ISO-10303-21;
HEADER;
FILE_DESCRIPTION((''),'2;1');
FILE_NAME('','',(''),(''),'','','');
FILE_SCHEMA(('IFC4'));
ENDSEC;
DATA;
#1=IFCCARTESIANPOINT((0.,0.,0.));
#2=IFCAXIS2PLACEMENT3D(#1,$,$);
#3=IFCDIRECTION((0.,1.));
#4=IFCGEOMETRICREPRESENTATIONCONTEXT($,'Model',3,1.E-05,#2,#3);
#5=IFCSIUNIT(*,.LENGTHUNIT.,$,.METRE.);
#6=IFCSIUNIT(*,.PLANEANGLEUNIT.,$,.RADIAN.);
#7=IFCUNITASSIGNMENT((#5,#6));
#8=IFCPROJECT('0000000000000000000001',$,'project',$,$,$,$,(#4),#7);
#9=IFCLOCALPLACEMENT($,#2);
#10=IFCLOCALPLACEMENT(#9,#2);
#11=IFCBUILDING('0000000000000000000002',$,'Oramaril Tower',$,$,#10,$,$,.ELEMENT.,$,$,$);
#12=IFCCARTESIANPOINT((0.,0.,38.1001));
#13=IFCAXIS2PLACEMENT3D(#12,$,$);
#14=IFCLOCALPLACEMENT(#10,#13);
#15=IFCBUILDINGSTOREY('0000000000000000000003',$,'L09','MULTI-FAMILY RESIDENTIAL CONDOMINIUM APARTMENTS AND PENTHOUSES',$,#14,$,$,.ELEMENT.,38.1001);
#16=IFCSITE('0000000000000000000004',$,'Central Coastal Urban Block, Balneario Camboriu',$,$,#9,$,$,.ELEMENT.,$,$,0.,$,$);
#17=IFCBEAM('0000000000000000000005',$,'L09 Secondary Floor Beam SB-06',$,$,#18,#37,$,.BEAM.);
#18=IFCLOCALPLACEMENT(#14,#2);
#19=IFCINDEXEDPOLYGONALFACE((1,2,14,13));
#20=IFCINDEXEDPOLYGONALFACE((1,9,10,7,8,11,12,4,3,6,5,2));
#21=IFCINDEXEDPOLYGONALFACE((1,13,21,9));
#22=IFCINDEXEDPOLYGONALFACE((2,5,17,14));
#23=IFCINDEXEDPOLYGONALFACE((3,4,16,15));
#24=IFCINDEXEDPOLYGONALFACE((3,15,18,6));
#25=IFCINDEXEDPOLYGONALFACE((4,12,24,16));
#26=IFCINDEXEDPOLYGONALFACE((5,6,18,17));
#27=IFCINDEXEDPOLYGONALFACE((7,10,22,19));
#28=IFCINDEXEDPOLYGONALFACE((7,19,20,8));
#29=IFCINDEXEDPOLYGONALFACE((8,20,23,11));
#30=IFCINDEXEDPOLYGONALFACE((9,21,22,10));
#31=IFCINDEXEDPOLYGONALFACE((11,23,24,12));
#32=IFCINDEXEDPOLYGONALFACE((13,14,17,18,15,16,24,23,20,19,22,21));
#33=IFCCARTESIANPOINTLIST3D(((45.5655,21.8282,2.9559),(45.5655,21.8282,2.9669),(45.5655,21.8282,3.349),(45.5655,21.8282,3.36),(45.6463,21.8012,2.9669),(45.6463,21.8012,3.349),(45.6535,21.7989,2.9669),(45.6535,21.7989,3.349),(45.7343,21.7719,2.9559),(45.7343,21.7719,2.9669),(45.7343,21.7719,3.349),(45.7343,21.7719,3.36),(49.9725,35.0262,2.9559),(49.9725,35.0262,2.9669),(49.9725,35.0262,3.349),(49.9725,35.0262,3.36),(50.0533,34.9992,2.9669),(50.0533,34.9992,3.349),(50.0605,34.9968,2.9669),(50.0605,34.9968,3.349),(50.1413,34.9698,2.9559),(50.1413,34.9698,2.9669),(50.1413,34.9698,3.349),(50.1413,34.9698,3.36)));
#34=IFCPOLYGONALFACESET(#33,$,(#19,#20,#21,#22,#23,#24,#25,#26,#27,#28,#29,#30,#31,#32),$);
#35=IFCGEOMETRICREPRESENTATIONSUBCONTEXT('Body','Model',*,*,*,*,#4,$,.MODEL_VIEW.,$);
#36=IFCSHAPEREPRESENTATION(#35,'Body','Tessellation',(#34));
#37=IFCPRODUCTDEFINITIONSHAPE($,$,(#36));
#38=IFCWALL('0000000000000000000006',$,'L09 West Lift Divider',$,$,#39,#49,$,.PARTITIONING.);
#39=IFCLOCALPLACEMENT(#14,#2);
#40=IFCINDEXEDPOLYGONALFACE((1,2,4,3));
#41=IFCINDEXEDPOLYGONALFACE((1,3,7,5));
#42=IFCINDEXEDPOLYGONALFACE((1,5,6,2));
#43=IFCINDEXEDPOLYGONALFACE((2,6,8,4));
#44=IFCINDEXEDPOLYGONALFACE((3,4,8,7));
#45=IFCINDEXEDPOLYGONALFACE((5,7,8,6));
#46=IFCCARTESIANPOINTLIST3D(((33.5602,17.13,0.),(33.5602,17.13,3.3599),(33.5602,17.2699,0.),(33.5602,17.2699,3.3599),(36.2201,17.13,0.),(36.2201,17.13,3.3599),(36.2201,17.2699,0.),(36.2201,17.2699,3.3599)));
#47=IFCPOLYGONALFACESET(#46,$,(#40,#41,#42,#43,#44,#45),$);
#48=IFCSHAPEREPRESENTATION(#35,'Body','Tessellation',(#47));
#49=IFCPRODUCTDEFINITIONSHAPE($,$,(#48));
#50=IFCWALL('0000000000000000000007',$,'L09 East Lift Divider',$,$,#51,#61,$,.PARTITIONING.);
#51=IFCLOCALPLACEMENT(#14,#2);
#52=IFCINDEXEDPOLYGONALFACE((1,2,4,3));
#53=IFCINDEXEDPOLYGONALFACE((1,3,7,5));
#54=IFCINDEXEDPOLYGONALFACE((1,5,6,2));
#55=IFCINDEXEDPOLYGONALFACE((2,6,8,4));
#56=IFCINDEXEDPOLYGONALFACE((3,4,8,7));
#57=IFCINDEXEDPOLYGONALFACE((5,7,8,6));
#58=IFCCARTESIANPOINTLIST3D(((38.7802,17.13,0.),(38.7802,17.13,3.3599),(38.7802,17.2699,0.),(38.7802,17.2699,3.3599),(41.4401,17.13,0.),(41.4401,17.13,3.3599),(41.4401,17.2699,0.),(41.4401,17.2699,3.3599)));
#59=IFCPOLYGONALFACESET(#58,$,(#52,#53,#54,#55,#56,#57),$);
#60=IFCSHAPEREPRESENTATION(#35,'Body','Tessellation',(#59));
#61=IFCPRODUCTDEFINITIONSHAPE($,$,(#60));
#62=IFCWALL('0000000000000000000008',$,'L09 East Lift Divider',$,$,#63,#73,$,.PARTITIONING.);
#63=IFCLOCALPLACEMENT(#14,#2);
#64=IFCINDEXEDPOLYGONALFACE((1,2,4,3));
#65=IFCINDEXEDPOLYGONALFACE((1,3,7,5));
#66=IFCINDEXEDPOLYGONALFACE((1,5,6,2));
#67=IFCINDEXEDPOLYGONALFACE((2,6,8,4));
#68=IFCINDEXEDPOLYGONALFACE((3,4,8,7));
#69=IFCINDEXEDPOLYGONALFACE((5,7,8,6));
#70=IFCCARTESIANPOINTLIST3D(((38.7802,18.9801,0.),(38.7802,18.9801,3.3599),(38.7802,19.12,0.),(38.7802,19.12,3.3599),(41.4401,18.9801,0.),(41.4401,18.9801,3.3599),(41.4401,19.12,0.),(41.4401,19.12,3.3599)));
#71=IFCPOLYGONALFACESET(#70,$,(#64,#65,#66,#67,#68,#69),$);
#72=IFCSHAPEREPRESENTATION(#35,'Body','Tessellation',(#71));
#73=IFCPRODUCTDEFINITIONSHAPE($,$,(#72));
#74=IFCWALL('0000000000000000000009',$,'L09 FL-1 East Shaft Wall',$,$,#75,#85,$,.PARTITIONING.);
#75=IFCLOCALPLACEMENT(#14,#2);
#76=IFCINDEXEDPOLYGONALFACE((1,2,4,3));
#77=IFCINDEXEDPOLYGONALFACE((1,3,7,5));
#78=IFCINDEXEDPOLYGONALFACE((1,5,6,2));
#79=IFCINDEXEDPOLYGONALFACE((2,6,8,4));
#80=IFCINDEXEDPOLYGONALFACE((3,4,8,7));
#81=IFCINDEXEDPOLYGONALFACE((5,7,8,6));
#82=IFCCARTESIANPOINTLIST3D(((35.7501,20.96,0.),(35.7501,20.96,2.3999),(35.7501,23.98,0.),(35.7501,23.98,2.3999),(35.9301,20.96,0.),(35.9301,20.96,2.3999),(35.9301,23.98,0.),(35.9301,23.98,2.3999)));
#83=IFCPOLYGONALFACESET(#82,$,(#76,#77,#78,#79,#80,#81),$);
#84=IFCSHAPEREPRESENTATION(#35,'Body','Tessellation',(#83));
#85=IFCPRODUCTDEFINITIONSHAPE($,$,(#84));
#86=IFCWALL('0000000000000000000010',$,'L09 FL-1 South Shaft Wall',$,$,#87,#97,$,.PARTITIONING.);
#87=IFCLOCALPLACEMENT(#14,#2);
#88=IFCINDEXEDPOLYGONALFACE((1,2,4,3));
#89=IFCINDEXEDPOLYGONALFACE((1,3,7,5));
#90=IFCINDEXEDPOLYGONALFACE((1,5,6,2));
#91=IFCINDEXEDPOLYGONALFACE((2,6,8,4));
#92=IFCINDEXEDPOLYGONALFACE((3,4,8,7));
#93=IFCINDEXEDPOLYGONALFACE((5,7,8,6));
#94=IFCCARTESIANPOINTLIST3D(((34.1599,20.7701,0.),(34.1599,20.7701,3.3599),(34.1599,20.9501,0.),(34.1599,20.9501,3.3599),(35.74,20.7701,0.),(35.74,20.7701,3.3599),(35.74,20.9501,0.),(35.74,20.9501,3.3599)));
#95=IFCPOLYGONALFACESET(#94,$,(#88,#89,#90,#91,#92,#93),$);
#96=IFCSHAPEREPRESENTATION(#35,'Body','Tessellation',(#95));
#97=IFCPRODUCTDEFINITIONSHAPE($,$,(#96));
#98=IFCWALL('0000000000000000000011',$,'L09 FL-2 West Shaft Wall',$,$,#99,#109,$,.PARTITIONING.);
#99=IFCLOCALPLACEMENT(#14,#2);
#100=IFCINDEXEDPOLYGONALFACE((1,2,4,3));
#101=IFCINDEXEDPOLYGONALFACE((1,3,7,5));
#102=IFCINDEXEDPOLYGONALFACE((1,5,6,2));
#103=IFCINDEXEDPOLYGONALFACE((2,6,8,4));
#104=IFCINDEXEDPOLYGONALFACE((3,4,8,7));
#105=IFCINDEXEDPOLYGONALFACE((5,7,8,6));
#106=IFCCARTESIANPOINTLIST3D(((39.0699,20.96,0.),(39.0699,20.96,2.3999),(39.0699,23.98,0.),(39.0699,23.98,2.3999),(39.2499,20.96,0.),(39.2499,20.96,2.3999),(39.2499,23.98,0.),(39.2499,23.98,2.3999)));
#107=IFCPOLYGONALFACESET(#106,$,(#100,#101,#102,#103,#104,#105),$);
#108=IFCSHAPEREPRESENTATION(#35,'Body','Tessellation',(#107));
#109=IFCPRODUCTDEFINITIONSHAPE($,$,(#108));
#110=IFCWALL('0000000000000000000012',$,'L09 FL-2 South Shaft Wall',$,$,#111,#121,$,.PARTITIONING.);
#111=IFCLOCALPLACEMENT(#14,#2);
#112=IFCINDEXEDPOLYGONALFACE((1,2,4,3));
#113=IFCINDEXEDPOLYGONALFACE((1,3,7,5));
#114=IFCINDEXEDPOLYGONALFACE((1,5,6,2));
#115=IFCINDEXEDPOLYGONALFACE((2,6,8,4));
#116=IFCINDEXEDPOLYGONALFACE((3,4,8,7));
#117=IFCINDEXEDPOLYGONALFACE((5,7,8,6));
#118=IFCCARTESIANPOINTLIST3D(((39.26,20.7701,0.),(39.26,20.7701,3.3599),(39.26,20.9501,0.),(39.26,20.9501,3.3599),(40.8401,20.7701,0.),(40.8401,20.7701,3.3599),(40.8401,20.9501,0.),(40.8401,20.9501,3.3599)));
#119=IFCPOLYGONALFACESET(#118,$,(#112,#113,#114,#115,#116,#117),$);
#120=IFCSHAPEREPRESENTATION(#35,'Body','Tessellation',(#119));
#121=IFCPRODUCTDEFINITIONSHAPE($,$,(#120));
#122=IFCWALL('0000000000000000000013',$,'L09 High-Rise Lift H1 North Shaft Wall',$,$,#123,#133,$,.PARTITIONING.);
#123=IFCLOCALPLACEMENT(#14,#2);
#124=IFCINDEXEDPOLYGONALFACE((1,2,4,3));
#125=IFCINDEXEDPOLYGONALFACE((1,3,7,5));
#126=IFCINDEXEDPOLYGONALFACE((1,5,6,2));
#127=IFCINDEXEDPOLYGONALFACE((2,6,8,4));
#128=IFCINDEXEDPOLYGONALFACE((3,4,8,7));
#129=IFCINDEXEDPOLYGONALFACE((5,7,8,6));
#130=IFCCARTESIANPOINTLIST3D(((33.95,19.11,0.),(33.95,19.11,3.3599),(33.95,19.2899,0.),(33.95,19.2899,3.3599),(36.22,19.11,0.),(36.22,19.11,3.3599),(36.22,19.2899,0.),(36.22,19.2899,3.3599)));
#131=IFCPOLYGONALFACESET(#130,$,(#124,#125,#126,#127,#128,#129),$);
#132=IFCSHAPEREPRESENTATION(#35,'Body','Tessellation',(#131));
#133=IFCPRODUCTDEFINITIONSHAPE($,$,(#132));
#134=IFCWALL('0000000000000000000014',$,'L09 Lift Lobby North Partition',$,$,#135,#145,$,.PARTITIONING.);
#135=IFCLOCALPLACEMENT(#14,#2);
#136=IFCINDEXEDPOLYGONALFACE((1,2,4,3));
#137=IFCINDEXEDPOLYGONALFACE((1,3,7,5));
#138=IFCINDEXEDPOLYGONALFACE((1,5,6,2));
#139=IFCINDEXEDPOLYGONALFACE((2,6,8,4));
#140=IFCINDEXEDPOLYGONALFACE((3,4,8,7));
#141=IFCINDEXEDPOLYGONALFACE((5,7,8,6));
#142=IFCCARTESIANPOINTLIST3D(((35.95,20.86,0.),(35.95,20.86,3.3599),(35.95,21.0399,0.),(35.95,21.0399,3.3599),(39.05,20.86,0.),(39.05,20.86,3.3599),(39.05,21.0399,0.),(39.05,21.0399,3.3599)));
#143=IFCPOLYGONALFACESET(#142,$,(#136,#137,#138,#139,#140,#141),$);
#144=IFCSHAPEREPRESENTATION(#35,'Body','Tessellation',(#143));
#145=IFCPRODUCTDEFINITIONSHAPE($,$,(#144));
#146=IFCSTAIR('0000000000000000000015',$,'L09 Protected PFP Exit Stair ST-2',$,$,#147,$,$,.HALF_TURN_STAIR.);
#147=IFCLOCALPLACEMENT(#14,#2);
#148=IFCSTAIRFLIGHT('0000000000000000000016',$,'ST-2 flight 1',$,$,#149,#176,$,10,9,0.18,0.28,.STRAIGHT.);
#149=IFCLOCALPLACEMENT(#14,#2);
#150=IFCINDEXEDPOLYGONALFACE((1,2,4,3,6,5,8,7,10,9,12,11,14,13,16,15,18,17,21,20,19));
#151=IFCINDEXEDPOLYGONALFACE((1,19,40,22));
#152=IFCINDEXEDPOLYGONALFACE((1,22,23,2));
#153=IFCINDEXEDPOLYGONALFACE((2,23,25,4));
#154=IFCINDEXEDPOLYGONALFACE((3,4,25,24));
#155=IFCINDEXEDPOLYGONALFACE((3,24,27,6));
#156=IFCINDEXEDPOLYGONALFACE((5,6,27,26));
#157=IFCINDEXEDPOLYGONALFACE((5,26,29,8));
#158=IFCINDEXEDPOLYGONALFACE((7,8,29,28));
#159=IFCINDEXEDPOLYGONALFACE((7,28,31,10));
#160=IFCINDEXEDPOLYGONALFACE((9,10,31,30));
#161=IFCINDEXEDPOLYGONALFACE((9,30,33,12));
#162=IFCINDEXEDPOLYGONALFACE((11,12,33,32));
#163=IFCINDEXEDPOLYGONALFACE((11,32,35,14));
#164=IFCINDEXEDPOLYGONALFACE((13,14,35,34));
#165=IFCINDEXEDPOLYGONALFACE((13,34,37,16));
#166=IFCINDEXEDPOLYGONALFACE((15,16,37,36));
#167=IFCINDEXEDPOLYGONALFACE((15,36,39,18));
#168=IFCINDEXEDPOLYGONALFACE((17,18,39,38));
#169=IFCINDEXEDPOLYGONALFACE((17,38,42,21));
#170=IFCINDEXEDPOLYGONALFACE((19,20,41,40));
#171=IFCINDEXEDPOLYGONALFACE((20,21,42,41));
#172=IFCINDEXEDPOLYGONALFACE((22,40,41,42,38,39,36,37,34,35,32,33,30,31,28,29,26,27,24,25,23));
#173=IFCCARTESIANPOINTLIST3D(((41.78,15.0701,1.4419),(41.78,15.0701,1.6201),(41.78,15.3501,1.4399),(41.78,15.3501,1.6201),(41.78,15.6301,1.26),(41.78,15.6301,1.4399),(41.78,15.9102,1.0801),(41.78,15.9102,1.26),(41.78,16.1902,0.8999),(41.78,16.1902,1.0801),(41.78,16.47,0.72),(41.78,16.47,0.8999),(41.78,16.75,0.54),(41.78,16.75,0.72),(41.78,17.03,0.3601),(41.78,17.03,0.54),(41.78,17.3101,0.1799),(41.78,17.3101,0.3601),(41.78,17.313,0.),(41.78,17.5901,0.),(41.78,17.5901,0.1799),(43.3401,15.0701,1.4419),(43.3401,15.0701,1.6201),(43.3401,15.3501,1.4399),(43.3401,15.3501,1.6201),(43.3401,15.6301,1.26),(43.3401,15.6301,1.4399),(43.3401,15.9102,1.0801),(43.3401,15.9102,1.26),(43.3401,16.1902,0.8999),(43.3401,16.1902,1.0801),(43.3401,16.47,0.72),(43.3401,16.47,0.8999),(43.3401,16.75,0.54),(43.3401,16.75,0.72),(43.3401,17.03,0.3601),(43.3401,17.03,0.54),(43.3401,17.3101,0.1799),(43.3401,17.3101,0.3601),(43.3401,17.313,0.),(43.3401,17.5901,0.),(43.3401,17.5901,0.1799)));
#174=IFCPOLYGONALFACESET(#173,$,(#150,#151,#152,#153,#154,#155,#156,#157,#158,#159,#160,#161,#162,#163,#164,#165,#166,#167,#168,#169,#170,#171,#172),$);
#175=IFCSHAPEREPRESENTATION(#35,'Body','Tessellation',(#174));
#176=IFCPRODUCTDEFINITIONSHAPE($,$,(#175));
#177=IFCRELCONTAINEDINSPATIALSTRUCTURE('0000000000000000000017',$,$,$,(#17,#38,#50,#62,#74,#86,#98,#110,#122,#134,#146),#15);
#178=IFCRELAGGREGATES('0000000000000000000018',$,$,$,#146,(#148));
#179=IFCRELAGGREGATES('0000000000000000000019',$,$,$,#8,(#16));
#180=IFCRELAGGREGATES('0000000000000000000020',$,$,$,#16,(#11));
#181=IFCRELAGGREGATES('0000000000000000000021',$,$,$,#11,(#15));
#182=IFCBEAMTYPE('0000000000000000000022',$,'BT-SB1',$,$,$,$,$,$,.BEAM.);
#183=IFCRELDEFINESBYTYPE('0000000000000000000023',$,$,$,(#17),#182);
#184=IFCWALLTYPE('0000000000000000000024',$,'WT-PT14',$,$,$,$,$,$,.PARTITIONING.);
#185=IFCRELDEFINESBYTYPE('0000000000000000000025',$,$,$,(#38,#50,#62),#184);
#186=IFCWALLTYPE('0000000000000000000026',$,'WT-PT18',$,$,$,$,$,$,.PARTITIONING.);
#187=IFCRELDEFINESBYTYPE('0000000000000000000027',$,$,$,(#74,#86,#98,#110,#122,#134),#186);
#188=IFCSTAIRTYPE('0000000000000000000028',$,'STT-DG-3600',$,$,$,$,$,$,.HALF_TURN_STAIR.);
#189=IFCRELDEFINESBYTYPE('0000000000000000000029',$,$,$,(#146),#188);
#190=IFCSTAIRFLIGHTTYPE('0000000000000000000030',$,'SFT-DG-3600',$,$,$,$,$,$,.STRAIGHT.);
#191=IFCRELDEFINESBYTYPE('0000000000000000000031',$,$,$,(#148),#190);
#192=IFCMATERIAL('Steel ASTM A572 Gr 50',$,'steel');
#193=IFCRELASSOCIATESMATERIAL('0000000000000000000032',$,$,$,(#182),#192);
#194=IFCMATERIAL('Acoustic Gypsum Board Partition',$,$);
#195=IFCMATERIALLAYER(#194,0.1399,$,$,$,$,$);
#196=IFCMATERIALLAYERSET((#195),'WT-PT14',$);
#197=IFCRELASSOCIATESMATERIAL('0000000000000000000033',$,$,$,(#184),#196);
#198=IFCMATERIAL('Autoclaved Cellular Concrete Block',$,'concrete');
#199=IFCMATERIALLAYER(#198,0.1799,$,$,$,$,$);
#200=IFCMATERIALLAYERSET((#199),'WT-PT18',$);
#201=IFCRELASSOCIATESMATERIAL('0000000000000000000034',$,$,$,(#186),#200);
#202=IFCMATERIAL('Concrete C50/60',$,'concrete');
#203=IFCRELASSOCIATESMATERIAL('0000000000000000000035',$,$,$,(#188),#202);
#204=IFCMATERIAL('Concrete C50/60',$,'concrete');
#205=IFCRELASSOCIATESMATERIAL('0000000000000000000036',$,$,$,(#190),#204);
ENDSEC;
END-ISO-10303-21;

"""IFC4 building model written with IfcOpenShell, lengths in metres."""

from ifc_helpers import new_model, si_unit, direction, frame, frame_2d, origin, origin_2d, place, context, subcontext, project, spatial, polyline, rectangle, i_section, outline, extrude, material, layer, layer_set, material_profile, profile_set, type_object, element, aggregate, save


model = new_model("IFC4")

# Units and contexts
model_context = context("Model", 3, precision=1e-05, world=origin(), true_north=direction((0.0, 1.0)))
body_context = subcontext(model_context, "Body", "Model", "MODEL_VIEW")
ifc_project = project(units=[si_unit("LENGTHUNIT", "METRE"), si_unit("PLANEANGLEUNIT", "RADIAN")], contexts=[model_context])

# Site, building, storey
site_placement = place(None, origin())
site = spatial("IfcSite", under=ifc_project, at=site_placement, Name="Central Coastal Urban Block, Balneario Camboriu", CompositionType="ELEMENT", RefElevation=0.0)
building_placement = place(site_placement, origin())
building = spatial("IfcBuilding", under=site, at=building_placement, Name="Oramaril Tower", CompositionType="ELEMENT")
storey_placement = place(building_placement, frame((0.0, 0.0, 38.1001)))
storey = spatial("IfcBuildingStorey", under=building, at=storey_placement, Name="L09", Description="MULTI-FAMILY RESIDENTIAL CONDOMINIUM APARTMENTS AND PENTHOUSES", CompositionType="ELEMENT", Elevation=38.1001)

# Beam
ifc_material_1 = material(Name="Steel ASTM A572 Gr 50", Category="steel")
ifc_material_profile = material_profile(ifc_material_1, i_section(OverallWidth=0.178, OverallDepth=0.4041, WebThickness=0.0076, FlangeThickness=0.011, at=origin_2d()), Name="W16X36")
ifc_profile_set = profile_set([ifc_material_profile], Name="Steel ASTM A572 Gr 50")
beam_type = type_object("IfcBeamType", Name="BT-SB1", PredefinedType="BEAM", material=ifc_profile_set)
beam_placement = place(storey_placement, frame((45.6499, 21.8, 3.158), z_axis=(0.316723, 0.948518, 0.0), x_axis=(-0.948518, 0.316723, 0.0)))
element("IfcBeam", 1, at=beam_placement, inside=storey, type_object=beam_type, Name="L09 Secondary Floor Beam SB-06", PredefinedType="BEAM", context=body_context, shape_type="SweptSolid", body=[
    extrude(i_section(OverallWidth=0.178, OverallDepth=0.4041, WebThickness=0.0076, FlangeThickness=0.011, at=origin_2d()), origin(), (0.0, 0.0, 1.0), 13.9143),
])

# Walls
ifc_material_2 = material(Name="Acoustic Gypsum Board Partition")
ifc_layer_1 = layer(ifc_material_2, 0.1399)
ifc_layer_set_1 = layer_set([ifc_layer_1], Name="WT-PT14")
wall_type_1 = type_object("IfcWallType", Name="WT-PT14", PredefinedType="PARTITIONING", material=ifc_layer_set_1)
for number, where, z_axis, x_axis, name in (
    (2, (33.5601, 17.2, 0.0), (0.0, 0.0, 1.0), (1.0, 0.0, 0.0), "L09 West Lift Divider"),
    (3, (38.78, 17.2, 0.0), (0.0, 0.0, 1.0), (1.0, 0.0, 0.0), "L09 East Lift Divider"),
    (4, (38.78, 19.05, 0.0), (0.0, 0.0, 1.0), (1.0, 0.0, 0.0), "L09 East Lift Divider"),
):
    element("IfcWall", number, at=place(storey_placement, frame(where, z_axis=z_axis, x_axis=x_axis)), inside=storey, type_object=wall_type_1, Name=name, PredefinedType="PARTITIONING", context=body_context, shape_type="SweptSolid", body=[
        extrude(rectangle(XDim=2.6599, YDim=0.1399, at=frame_2d((1.3301, 0.0))), origin(), (0.0, 0.0, 1.0), 3.3599),
    ])
ifc_material_3 = material(Name="Autoclaved Cellular Concrete Block", Category="concrete")
ifc_layer_2 = layer(ifc_material_3, 0.1799)
ifc_layer_set_2 = layer_set([ifc_layer_2], Name="WT-PT18")
wall_type_2 = type_object("IfcWallType", Name="WT-PT18", PredefinedType="PARTITIONING", material=ifc_layer_set_2)
wall_1_placement = place(storey_placement, frame((35.8401, 20.96, 0.0), z_axis=(0.0, 0.0, 1.0), x_axis=(0.0, 1.0, 0.0)))
element("IfcWall", 5, at=wall_1_placement, inside=storey, type_object=wall_type_2, Name="L09 FL-1 East Shaft Wall", PredefinedType="PARTITIONING", context=body_context, shape_type="SweptSolid", body=[
    extrude(rectangle(XDim=3.02, YDim=0.1799, at=frame_2d((1.51, 0.0))), origin(), (0.0, 0.0, 1.0), 2.3999),
])
wall_2_placement = place(storey_placement, frame((34.1599, 20.8601, 0.0), z_axis=(0.0, 0.0, 1.0), x_axis=(1.0, 0.0, 0.0)))
element("IfcWall", 6, at=wall_2_placement, inside=storey, type_object=wall_type_2, Name="L09 FL-1 South Shaft Wall", PredefinedType="PARTITIONING", context=body_context, shape_type="SweptSolid", body=[
    extrude(rectangle(XDim=1.5801, YDim=0.1799, at=frame_2d((0.79, 0.0))), origin(), (0.0, 0.0, 1.0), 3.3599),
])
wall_3_placement = place(storey_placement, frame((39.1599, 20.96, 0.0), z_axis=(0.0, 0.0, 1.0), x_axis=(0.0, 1.0, 0.0)))
element("IfcWall", 7, at=wall_3_placement, inside=storey, type_object=wall_type_2, Name="L09 FL-2 West Shaft Wall", PredefinedType="PARTITIONING", context=body_context, shape_type="SweptSolid", body=[
    extrude(rectangle(XDim=3.02, YDim=0.1799, at=frame_2d((1.51, 0.0))), origin(), (0.0, 0.0, 1.0), 2.3999),
])
wall_4_placement = place(storey_placement, frame((39.26, 20.8601, 0.0), z_axis=(0.0, 0.0, 1.0), x_axis=(1.0, 0.0, 0.0)))
element("IfcWall", 8, at=wall_4_placement, inside=storey, type_object=wall_type_2, Name="L09 FL-2 South Shaft Wall", PredefinedType="PARTITIONING", context=body_context, shape_type="SweptSolid", body=[
    extrude(rectangle(XDim=1.5801, YDim=0.1799, at=frame_2d((0.79, 0.0))), origin(), (0.0, 0.0, 1.0), 3.3599),
])
wall_5_placement = place(storey_placement, frame((33.95, 19.2, 0.0), z_axis=(0.0, 0.0, 1.0), x_axis=(1.0, 0.0, 0.0)))
element("IfcWall", 9, at=wall_5_placement, inside=storey, type_object=wall_type_2, Name="L09 High-Rise Lift H1 North Shaft Wall", PredefinedType="PARTITIONING", context=body_context, shape_type="SweptSolid", body=[
    extrude(rectangle(XDim=2.27, YDim=0.1799, at=frame_2d((1.135, 0.0))), origin(), (0.0, 0.0, 1.0), 3.3599),
])
wall_6_placement = place(storey_placement, frame((35.95, 20.95, 0.0), z_axis=(0.0, 0.0, 1.0), x_axis=(1.0, 0.0, 0.0)))
element("IfcWall", 10, at=wall_6_placement, inside=storey, type_object=wall_type_2, Name="L09 Lift Lobby North Partition", PredefinedType="PARTITIONING", context=body_context, shape_type="SweptSolid", body=[
    extrude(rectangle(XDim=3.1001, YDim=0.1799, at=frame_2d((1.55, 0.0))), origin(), (0.0, 0.0, 1.0), 3.3599),
])

# Stair, stair flight
ifc_material_4 = material(Name="Concrete C50/60", Category="concrete")
stair_type = type_object("IfcStairType", Name="STT-DG-3600", PredefinedType="HALF_TURN_STAIR", material=ifc_material_4)
stair_placement = place(storey_placement, origin())
stair = element("IfcStair", 11, at=stair_placement, inside=storey, type_object=stair_type, Name="L09 Protected PFP Exit Stair ST-2", PredefinedType="HALF_TURN_STAIR")
ifc_material_5 = material(Name="Concrete C50/60", Category="concrete")
stair_flight_type = type_object("IfcStairFlightType", Name="SFT-DG-3600", PredefinedType="STRAIGHT", material=ifc_material_5)
stair_flight_placement = place(storey_placement, frame((42.5601, 17.5901, 0.0), z_axis=(0.0, 0.0, 1.0), x_axis=(0.0, -1.0, 0.0)))
stair_flight = element("IfcStairFlight", 12, at=stair_flight_placement, type_object=stair_flight_type, Name="ST-2 flight 1", NumberOfRisers=10, NumberOfTreads=9, PredefinedType="STRAIGHT", RiserHeight=0.18, TreadLength=0.28, context=body_context, shape_type="SweptSolid", body=[
    extrude(outline(polyline([(0.0, 0.0), (0.0, 0.1799), (0.28, 0.1799), (0.28, 0.3601), (0.5601, 0.3601), (0.5601, 0.54), (0.8401, 0.54), (0.8401, 0.72), (1.1201, 0.72), (1.1201, 0.8999), (1.3999, 0.8999), (1.3999, 1.0801), (1.6799, 1.0801), (1.6799, 1.26), (1.96, 1.26), (1.96, 1.4399), (2.24, 1.4399), (2.24, 1.6201), (2.52, 1.6201), (2.52, 1.8), (2.52, 1.4419), (0.2771, 0.0), (0.0, 0.0)])), frame((0.0, 0.78, 0.0), z_axis=(0.0, -1.0, 0.0), x_axis=(1.0, 0.0, 0.0)), (0.0, 0.0, 1.0), 1.5601),
])
aggregate(stair, [stair_flight])

save(model, "model.ifc")
